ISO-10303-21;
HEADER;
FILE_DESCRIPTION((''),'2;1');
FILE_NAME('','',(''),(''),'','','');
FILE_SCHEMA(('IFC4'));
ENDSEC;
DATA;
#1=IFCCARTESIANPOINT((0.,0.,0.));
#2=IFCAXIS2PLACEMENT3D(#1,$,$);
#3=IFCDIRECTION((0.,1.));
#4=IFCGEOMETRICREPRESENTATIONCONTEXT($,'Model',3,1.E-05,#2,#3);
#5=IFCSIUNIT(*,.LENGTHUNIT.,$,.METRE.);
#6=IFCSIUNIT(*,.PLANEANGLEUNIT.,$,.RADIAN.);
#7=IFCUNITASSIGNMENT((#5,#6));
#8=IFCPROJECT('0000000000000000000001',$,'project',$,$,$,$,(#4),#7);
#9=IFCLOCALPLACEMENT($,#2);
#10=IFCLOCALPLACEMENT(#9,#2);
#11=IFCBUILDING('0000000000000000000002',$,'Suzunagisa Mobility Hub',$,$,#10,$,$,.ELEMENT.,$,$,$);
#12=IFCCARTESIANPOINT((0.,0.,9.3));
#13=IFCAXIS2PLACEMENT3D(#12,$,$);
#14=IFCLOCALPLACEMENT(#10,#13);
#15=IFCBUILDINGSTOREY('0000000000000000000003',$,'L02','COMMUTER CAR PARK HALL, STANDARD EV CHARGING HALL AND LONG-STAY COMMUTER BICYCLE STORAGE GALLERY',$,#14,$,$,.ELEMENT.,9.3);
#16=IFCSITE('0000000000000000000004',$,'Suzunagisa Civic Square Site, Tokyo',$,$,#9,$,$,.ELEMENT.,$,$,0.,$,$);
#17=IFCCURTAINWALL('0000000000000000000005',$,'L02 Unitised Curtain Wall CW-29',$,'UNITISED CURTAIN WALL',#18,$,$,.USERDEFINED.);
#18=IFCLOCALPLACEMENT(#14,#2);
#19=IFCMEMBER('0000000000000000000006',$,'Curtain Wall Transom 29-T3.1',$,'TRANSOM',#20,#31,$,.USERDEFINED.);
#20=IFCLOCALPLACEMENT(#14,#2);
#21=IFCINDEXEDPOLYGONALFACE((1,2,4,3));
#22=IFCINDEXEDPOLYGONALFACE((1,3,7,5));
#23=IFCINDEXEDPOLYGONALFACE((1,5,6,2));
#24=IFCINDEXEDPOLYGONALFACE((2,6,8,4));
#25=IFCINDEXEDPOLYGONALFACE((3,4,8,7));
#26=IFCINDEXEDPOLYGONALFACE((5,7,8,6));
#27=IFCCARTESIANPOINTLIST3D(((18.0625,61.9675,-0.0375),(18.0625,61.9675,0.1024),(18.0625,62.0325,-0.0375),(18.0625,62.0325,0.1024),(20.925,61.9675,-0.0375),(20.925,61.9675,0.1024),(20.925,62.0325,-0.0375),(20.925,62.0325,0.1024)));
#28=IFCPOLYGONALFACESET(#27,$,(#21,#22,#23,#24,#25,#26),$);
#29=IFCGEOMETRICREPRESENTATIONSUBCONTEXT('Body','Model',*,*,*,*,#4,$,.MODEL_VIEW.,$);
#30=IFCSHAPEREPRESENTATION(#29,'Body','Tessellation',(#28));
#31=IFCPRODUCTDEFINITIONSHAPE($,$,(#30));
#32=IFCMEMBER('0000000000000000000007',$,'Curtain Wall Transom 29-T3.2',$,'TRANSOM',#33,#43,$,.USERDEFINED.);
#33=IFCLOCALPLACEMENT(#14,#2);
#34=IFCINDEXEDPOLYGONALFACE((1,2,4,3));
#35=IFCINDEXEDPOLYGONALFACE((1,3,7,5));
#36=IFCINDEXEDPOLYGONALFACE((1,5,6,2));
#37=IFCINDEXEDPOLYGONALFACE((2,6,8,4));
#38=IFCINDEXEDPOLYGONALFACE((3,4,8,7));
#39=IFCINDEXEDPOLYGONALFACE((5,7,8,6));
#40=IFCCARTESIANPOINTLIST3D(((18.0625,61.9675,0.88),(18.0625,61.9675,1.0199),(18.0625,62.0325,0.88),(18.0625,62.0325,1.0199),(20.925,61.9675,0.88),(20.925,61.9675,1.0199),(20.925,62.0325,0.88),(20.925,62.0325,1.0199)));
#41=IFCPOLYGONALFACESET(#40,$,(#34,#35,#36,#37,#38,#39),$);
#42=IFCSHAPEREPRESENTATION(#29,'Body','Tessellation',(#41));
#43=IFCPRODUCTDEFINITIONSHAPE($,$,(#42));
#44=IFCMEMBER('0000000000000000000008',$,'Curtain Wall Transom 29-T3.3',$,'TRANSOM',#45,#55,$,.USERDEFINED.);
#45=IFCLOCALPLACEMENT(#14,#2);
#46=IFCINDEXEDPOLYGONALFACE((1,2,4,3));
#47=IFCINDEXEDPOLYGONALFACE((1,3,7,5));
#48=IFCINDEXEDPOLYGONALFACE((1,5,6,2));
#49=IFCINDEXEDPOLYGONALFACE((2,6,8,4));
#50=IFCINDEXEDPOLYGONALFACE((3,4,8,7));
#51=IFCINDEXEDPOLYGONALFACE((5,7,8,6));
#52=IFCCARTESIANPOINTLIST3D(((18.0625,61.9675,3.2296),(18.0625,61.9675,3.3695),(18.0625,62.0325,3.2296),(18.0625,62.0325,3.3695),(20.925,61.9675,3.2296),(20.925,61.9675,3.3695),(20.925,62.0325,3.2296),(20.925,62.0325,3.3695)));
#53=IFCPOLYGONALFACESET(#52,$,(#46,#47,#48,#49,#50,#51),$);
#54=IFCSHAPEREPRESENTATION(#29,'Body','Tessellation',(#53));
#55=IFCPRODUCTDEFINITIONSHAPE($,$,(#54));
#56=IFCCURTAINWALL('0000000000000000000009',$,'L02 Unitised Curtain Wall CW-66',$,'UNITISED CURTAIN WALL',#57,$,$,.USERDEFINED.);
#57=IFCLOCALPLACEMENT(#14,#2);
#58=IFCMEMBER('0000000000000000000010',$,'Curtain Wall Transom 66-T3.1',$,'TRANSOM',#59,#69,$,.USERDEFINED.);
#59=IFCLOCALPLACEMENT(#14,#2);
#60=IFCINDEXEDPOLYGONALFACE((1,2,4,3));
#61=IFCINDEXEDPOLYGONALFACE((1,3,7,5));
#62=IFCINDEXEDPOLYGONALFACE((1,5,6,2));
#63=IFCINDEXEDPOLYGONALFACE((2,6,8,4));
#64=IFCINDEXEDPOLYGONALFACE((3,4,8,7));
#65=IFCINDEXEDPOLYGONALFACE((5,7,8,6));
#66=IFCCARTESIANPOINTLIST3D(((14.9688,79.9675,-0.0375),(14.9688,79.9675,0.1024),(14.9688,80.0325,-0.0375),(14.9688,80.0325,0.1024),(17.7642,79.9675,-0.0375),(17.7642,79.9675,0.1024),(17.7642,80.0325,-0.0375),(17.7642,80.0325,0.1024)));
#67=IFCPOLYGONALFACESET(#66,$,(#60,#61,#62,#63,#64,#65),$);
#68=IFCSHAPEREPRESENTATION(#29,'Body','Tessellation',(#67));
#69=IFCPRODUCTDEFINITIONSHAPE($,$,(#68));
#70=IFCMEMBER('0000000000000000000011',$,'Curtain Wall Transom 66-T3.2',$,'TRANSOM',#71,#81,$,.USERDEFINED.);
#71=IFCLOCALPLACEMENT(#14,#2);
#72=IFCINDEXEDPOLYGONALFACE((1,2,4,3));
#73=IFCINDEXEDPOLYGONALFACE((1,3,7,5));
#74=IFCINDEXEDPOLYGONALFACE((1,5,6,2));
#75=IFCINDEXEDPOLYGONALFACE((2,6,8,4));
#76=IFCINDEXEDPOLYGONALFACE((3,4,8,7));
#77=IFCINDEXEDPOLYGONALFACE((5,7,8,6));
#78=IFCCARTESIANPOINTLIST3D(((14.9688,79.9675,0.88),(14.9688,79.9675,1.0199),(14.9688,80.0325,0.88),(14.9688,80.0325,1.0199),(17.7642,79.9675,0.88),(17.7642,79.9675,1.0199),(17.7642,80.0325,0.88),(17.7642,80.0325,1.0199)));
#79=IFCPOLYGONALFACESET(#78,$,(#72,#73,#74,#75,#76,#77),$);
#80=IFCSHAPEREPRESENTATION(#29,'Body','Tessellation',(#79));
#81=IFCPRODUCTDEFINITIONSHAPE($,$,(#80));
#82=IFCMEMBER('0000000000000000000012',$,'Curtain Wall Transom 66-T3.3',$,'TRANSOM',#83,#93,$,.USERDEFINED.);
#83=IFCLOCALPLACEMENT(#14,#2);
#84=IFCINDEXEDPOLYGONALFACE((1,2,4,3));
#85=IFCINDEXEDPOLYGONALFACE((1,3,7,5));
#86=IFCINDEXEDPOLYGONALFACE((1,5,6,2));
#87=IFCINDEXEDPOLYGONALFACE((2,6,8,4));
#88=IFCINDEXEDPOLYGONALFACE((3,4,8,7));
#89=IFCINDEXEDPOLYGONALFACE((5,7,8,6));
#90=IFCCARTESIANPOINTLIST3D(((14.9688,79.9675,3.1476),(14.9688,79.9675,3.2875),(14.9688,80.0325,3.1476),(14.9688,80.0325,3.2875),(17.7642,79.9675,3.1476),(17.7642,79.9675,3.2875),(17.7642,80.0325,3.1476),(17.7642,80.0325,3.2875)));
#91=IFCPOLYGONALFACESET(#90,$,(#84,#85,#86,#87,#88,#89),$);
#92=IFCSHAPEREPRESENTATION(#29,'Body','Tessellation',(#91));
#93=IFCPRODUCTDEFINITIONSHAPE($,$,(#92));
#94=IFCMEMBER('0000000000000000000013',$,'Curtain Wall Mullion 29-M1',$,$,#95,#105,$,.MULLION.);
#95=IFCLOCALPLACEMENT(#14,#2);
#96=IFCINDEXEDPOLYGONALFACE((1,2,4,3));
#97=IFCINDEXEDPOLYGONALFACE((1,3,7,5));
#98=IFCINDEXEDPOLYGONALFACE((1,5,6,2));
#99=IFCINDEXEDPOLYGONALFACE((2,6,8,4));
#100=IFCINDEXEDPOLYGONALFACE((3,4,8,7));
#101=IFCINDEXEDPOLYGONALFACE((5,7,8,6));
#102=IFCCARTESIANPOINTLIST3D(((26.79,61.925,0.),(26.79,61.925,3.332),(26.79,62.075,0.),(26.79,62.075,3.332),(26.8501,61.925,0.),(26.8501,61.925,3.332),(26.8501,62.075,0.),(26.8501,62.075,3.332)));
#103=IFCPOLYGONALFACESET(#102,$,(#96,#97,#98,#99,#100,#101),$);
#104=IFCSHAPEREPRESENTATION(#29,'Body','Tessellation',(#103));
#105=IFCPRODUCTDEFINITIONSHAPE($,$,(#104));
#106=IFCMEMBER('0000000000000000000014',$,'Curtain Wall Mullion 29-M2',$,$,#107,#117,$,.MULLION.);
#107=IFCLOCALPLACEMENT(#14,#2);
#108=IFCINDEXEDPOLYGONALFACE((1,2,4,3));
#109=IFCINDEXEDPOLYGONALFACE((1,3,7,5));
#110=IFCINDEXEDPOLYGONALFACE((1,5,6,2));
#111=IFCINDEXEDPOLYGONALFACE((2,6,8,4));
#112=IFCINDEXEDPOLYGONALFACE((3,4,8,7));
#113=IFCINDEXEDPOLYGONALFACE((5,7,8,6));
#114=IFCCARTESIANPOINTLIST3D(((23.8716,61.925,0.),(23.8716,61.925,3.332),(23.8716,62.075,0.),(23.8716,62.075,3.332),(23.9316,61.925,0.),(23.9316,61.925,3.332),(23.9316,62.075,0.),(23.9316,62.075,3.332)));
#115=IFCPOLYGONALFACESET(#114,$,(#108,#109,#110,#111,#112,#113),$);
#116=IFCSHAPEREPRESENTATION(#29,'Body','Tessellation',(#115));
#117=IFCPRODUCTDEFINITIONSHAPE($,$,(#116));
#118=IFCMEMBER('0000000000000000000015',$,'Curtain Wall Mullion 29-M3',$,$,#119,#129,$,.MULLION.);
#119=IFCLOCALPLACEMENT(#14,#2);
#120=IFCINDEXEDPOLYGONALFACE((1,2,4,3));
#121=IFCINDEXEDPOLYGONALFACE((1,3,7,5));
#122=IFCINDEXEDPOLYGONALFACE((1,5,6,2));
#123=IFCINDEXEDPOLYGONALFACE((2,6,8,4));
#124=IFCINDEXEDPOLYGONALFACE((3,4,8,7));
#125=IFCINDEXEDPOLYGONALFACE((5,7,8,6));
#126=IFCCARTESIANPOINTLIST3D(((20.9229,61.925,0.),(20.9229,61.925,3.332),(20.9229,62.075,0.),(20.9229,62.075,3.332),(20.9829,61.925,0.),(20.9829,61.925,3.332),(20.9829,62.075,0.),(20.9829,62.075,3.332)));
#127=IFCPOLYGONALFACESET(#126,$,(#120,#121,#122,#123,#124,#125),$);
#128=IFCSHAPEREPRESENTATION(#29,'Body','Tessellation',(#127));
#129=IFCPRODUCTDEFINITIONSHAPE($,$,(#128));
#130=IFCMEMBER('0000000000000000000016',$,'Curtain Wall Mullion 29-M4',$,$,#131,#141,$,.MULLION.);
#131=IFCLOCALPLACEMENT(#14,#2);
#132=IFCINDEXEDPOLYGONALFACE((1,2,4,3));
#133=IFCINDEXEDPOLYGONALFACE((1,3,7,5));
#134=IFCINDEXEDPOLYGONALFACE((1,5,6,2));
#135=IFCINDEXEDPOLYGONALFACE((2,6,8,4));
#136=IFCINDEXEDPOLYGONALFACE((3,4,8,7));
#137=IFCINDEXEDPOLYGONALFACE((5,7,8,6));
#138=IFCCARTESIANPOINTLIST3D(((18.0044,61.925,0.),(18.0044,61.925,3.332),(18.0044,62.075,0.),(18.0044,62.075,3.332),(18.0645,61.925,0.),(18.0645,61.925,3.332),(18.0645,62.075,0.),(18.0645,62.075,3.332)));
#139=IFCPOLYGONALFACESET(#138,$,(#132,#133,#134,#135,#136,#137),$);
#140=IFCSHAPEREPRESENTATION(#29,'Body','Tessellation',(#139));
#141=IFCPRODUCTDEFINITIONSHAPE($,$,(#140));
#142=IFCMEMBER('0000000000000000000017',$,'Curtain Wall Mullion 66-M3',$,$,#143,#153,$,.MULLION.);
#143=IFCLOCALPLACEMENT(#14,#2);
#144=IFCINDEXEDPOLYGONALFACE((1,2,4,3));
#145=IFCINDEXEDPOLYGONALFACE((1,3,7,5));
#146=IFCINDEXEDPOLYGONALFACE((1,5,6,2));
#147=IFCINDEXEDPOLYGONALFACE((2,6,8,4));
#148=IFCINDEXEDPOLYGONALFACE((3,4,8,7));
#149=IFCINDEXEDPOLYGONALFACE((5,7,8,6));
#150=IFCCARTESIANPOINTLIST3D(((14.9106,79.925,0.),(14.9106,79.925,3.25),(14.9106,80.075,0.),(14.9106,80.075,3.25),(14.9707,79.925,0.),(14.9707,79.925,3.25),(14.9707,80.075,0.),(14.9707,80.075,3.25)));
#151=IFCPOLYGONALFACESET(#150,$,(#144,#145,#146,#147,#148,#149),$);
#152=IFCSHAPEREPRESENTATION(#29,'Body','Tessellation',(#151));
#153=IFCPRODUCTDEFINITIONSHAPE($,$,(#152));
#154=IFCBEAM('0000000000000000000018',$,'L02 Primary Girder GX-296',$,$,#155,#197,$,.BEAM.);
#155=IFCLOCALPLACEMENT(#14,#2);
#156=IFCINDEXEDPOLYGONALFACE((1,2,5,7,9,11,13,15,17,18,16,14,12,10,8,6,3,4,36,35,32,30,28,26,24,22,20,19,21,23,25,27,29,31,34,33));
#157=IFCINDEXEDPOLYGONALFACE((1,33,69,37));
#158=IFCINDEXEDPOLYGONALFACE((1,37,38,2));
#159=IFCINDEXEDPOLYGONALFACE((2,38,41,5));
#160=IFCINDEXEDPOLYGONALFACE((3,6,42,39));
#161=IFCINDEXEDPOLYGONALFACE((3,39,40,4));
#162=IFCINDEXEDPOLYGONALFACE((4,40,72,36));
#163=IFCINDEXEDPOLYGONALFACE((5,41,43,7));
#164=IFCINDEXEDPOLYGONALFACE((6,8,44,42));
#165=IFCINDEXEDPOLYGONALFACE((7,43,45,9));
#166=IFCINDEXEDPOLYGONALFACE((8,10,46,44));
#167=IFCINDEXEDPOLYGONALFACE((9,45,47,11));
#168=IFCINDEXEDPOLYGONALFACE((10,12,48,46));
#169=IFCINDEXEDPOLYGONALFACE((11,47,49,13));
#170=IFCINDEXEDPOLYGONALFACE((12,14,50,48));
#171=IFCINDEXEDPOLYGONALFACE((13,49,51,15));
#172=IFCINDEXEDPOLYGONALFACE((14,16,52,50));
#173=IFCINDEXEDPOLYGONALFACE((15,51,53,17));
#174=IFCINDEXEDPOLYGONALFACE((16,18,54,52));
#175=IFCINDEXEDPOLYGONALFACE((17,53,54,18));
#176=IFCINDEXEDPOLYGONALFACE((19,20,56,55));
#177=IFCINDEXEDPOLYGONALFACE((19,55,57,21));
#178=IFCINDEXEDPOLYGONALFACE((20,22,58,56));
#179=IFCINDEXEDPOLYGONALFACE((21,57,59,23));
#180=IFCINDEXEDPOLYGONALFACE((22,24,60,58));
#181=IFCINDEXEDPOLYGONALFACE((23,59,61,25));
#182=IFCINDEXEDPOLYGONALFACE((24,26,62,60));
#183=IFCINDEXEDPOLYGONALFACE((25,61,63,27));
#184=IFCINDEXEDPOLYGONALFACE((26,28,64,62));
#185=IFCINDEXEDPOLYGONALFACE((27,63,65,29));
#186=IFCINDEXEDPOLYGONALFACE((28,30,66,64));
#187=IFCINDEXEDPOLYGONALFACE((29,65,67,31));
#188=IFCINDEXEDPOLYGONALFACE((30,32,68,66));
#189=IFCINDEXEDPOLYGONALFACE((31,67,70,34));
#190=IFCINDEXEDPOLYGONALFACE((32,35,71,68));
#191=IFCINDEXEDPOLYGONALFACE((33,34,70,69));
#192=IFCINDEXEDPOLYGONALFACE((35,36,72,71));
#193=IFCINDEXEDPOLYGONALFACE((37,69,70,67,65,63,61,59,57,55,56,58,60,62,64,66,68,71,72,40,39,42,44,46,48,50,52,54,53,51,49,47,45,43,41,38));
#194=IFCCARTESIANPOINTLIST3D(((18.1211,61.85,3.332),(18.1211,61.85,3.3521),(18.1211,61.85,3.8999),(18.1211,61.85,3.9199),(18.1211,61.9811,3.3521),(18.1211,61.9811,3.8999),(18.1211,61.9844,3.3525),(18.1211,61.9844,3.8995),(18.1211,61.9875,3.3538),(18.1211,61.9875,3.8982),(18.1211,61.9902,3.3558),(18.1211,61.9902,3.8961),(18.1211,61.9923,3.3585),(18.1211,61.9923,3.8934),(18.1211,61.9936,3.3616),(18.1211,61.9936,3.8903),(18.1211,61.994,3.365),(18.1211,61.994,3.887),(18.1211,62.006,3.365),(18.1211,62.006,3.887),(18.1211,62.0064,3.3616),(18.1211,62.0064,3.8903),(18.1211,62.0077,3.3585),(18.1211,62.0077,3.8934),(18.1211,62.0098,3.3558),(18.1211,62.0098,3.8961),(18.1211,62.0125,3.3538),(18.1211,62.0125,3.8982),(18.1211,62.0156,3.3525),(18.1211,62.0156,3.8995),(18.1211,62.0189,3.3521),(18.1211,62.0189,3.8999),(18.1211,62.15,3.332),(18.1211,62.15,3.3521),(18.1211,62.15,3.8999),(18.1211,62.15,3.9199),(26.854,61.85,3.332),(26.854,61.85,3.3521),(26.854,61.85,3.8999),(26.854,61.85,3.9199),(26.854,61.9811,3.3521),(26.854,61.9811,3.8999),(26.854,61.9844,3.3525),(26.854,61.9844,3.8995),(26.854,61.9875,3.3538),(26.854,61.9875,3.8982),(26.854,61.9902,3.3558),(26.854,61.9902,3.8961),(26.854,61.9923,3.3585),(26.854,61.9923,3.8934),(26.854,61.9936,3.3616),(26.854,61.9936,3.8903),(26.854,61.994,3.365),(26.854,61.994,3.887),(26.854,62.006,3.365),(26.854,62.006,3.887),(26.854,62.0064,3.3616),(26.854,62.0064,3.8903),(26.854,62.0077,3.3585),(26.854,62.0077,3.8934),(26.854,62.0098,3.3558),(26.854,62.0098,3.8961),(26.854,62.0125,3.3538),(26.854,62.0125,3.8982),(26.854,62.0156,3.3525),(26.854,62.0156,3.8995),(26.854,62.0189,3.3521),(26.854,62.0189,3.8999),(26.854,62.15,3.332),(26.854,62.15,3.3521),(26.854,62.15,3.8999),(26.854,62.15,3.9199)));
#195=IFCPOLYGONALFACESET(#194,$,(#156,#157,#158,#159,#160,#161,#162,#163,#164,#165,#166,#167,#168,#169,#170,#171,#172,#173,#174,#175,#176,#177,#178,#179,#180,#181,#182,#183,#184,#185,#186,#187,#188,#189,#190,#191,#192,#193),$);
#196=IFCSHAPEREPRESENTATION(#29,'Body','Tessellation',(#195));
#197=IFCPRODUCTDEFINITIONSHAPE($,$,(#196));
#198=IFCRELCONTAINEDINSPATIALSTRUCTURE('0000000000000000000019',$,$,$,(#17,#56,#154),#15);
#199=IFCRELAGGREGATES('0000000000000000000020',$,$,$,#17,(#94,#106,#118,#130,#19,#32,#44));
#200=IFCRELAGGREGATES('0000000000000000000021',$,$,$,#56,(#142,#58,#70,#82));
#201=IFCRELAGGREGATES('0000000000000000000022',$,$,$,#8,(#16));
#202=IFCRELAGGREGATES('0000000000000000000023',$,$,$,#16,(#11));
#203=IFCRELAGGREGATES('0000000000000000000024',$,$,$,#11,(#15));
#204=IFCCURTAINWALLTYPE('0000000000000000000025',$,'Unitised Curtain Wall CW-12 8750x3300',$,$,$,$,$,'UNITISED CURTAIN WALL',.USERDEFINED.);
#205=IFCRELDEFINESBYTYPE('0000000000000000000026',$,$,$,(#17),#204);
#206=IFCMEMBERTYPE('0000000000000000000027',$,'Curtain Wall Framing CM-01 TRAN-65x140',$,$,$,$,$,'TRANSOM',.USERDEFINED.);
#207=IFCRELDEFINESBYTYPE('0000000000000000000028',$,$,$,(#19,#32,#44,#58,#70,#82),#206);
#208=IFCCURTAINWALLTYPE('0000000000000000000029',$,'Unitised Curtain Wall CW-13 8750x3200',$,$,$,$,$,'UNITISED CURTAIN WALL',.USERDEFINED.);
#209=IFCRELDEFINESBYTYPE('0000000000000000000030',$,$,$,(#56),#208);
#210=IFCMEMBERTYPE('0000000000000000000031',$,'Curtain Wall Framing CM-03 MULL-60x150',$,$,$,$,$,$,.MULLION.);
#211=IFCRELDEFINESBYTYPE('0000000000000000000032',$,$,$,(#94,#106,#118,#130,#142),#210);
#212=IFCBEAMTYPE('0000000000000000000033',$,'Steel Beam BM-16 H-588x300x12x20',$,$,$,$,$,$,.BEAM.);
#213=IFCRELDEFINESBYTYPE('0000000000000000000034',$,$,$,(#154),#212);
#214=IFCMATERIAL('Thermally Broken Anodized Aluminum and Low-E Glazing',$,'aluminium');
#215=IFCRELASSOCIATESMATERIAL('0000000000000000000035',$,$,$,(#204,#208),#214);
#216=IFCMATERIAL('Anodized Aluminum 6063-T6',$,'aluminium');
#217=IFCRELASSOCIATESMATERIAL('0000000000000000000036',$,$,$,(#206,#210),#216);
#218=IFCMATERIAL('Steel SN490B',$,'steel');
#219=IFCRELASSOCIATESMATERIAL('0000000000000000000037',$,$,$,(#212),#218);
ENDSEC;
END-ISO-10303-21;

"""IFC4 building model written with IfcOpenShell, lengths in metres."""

from ifc_helpers import new_model, si_unit, direction, frame, origin, origin_2d, place, context, subcontext, project, spatial, rectangle, i_section, extrude, material, material_profile, profile_set, type_object, element, aggregate, save


model = new_model("IFC4")

# Units and contexts
model_context = context("Model", 3, precision=1e-05, world=origin(), true_north=direction((0.0, 1.0)))
body_context = subcontext(model_context, "Body", "Model", "MODEL_VIEW")
ifc_project = project(units=[si_unit("LENGTHUNIT", "METRE"), si_unit("PLANEANGLEUNIT", "RADIAN")], contexts=[model_context])

# Site, building, storey
site_placement = place(None, origin())
site = spatial("IfcSite", under=ifc_project, at=site_placement, Name="Suzunagisa Civic Square Site, Tokyo", CompositionType="ELEMENT", RefElevation=0.0)
building_placement = place(site_placement, origin())
building = spatial("IfcBuilding", under=site, at=building_placement, Name="Suzunagisa Mobility Hub", CompositionType="ELEMENT")
storey_placement = place(building_placement, frame((0.0, 0.0, 9.3)))
storey = spatial("IfcBuildingStorey", under=building, at=storey_placement, Name="L02", Description="COMMUTER CAR PARK HALL, STANDARD EV CHARGING HALL AND LONG-STAY COMMUTER BICYCLE STORAGE GALLERY", CompositionType="ELEMENT", Elevation=9.3)

# Shared definitions
ifc_material_1 = material(Name="Steel SN490B", Category="steel")

# Curtain walls, members
ifc_material_2 = material(Name="Thermally Broken Anodized Aluminum and Low-E Glazing", Category="aluminium")
curtain_wall_type_1 = type_object("IfcCurtainWallType", Name="Unitised Curtain Wall CW-12 8750x3300", ElementType="UNITISED CURTAIN WALL", PredefinedType="USERDEFINED", material=ifc_material_2)
curtain_wall_1_placement = place(storey_placement, origin())
curtain_wall_1 = element("IfcCurtainWall", 1, at=curtain_wall_1_placement, inside=storey, type_object=curtain_wall_type_1, Name="L02 Unitised Curtain Wall CW-29", ObjectType="UNITISED CURTAIN WALL", PredefinedType="USERDEFINED")
ifc_material_3 = material(Name="Anodized Aluminum 6063-T6", Category="aluminium")
ifc_material_profile_1 = material_profile(ifc_material_3, rectangle(XDim=0.0649, YDim=0.1399, at=origin_2d()), Name="TRAN-65x140")
ifc_profile_set_1 = profile_set([ifc_material_profile_1], Name="Anodized Aluminum 6063-T6")
member_type_1 = type_object("IfcMemberType", Name="Curtain Wall Framing CM-01 TRAN-65x140", ElementType="TRANSOM", PredefinedType="USERDEFINED", material=ifc_profile_set_1)
member_1_placement = place(storey_placement, frame((20.925, 62.0, 0.0325), z_axis=(-1.0, 0.0, 0.0), x_axis=(0.0, -1.0, 0.0)))
member_1 = element("IfcMember", 2, at=member_1_placement, type_object=member_type_1, Name="Curtain Wall Transom 29-T3.1", ObjectType="TRANSOM", PredefinedType="USERDEFINED", context=body_context, shape_type="SweptSolid", body=[
    extrude(rectangle(XDim=0.0649, YDim=0.1399, at=origin_2d()), origin(), (0.0, 0.0, 1.0), 2.8625),
])
member_2_placement = place(storey_placement, frame((20.925, 62.0, 0.95), z_axis=(-1.0, 0.0, 0.0), x_axis=(0.0, -1.0, 0.0)))
member_2 = element("IfcMember", 3, at=member_2_placement, type_object=member_type_1, Name="Curtain Wall Transom 29-T3.2", ObjectType="TRANSOM", PredefinedType="USERDEFINED", context=body_context, shape_type="SweptSolid", body=[
    extrude(rectangle(XDim=0.0649, YDim=0.1399, at=origin_2d()), origin(), (0.0, 0.0, 1.0), 2.8625),
])
member_3_placement = place(storey_placement, frame((20.925, 62.0, 3.2996), z_axis=(-1.0, 0.0, 0.0), x_axis=(0.0, -1.0, 0.0)))
member_3 = element("IfcMember", 4, at=member_3_placement, type_object=member_type_1, Name="Curtain Wall Transom 29-T3.3", ObjectType="TRANSOM", PredefinedType="USERDEFINED", context=body_context, shape_type="SweptSolid", body=[
    extrude(rectangle(XDim=0.0649, YDim=0.1399, at=origin_2d()), origin(), (0.0, 0.0, 1.0), 2.8625),
])
curtain_wall_type_2 = type_object("IfcCurtainWallType", Name="Unitised Curtain Wall CW-13 8750x3200", ElementType="UNITISED CURTAIN WALL", PredefinedType="USERDEFINED", material=ifc_material_2)
curtain_wall_2_placement = place(storey_placement, origin())
curtain_wall_2 = element("IfcCurtainWall", 5, at=curtain_wall_2_placement, inside=storey, type_object=curtain_wall_type_2, Name="L02 Unitised Curtain Wall CW-66", ObjectType="UNITISED CURTAIN WALL", PredefinedType="USERDEFINED")
member_4_placement = place(storey_placement, frame((14.9688, 80.0, 0.0325), z_axis=(1.0, 0.0, 0.0), x_axis=(0.0, 1.0, 0.0)))
member_4 = element("IfcMember", 6, at=member_4_placement, type_object=member_type_1, Name="Curtain Wall Transom 66-T3.1", ObjectType="TRANSOM", PredefinedType="USERDEFINED", context=body_context, shape_type="SweptSolid", body=[
    extrude(rectangle(XDim=0.0649, YDim=0.1399, at=origin_2d()), origin(), (0.0, 0.0, 1.0), 2.7954),
])
member_5_placement = place(storey_placement, frame((14.9688, 80.0, 0.95), z_axis=(1.0, 0.0, 0.0), x_axis=(0.0, 1.0, 0.0)))
member_5 = element("IfcMember", 7, at=member_5_placement, type_object=member_type_1, Name="Curtain Wall Transom 66-T3.2", ObjectType="TRANSOM", PredefinedType="USERDEFINED", context=body_context, shape_type="SweptSolid", body=[
    extrude(rectangle(XDim=0.0649, YDim=0.1399, at=origin_2d()), origin(), (0.0, 0.0, 1.0), 2.7954),
])
member_6_placement = place(storey_placement, frame((14.9688, 80.0, 3.2175), z_axis=(1.0, 0.0, 0.0), x_axis=(0.0, 1.0, 0.0)))
member_6 = element("IfcMember", 8, at=member_6_placement, type_object=member_type_1, Name="Curtain Wall Transom 66-T3.3", ObjectType="TRANSOM", PredefinedType="USERDEFINED", context=body_context, shape_type="SweptSolid", body=[
    extrude(rectangle(XDim=0.0649, YDim=0.1399, at=origin_2d()), origin(), (0.0, 0.0, 1.0), 2.7954),
])

# Members
ifc_material_profile_2 = material_profile(ifc_material_3, rectangle(XDim=0.0601, YDim=0.1499, at=origin_2d()), Name="MULL-60x150")
ifc_profile_set_2 = profile_set([ifc_material_profile_2], Name="Anodized Aluminum 6063-T6")
member_type_2 = type_object("IfcMemberType", Name="Curtain Wall Framing CM-03 MULL-60x150", PredefinedType="MULLION", material=ifc_profile_set_2)
member_7_placement = place(storey_placement, frame((26.8201, 62.0, 0.0), z_axis=(0.0, 0.0, 1.0), x_axis=(-1.0, 0.0, 0.0)))
member_7 = element("IfcMember", 9, at=member_7_placement, type_object=member_type_2, Name="Curtain Wall Mullion 29-M1", PredefinedType="MULLION", context=body_context, shape_type="SweptSolid", body=[
    extrude(rectangle(XDim=0.0601, YDim=0.1499, at=origin_2d()), origin(), (0.0, 0.0, 1.0), 3.332),
])
member_8_placement = place(storey_placement, frame((23.9016, 62.0, 0.0), z_axis=(0.0, 0.0, 1.0), x_axis=(-1.0, 0.0, 0.0)))
member_8 = element("IfcMember", 10, at=member_8_placement, type_object=member_type_2, Name="Curtain Wall Mullion 29-M2", PredefinedType="MULLION", context=body_context, shape_type="SweptSolid", body=[
    extrude(rectangle(XDim=0.0601, YDim=0.1499, at=origin_2d()), origin(), (0.0, 0.0, 1.0), 3.332),
])
member_9_placement = place(storey_placement, frame((20.9529, 62.0, 0.0), z_axis=(0.0, 0.0, 1.0), x_axis=(-1.0, 0.0, 0.0)))
member_9 = element("IfcMember", 11, at=member_9_placement, type_object=member_type_2, Name="Curtain Wall Mullion 29-M3", PredefinedType="MULLION", context=body_context, shape_type="SweptSolid", body=[
    extrude(rectangle(XDim=0.0601, YDim=0.1499, at=origin_2d()), origin(), (0.0, 0.0, 1.0), 3.332),
])
member_10_placement = place(storey_placement, frame((18.0344, 62.0, 0.0), z_axis=(0.0, 0.0, 1.0), x_axis=(-1.0, 0.0, 0.0)))
member_10 = element("IfcMember", 12, at=member_10_placement, type_object=member_type_2, Name="Curtain Wall Mullion 29-M4", PredefinedType="MULLION", context=body_context, shape_type="SweptSolid", body=[
    extrude(rectangle(XDim=0.0601, YDim=0.1499, at=origin_2d()), origin(), (0.0, 0.0, 1.0), 3.332),
])
member_11_placement = place(storey_placement, frame((14.9407, 80.0, 0.0), z_axis=(0.0, 0.0, 1.0), x_axis=(1.0, 0.0, 0.0)))
member_11 = element("IfcMember", 13, at=member_11_placement, type_object=member_type_2, Name="Curtain Wall Mullion 66-M3", PredefinedType="MULLION", context=body_context, shape_type="SweptSolid", body=[
    extrude(rectangle(XDim=0.0601, YDim=0.1499, at=origin_2d()), origin(), (0.0, 0.0, 1.0), 3.25),
])

# Beam
ifc_material_profile_3 = material_profile(ifc_material_1, i_section(OverallWidth=0.3, OverallDepth=0.5879, WebThickness=0.012, FlangeThickness=0.02, FilletRadius=0.0129, at=origin_2d()), Name="H-588x300x12x20")
ifc_profile_set_3 = profile_set([ifc_material_profile_3], Name="Steel SN490B")
beam_type = type_object("IfcBeamType", Name="Steel Beam BM-16 H-588x300x12x20", PredefinedType="BEAM", material=ifc_profile_set_3)
for number, where, z_axis, x_axis, name in (
    (14, (18.1211, 62.0, 3.626), (1.0, 0.0, 0.0), (0.0, 1.0, 0.0), "L02 Primary Girder GX-296"),
):
    element("IfcBeam", number, at=place(storey_placement, frame(where, z_axis=z_axis, x_axis=x_axis)), inside=storey, type_object=beam_type, Name=name, PredefinedType="BEAM", context=body_context, shape_type="SweptSolid", body=[
        extrude(i_section(OverallWidth=0.3, OverallDepth=0.5879, WebThickness=0.012, FlangeThickness=0.02, FilletRadius=0.0129, at=origin_2d()), origin(), (0.0, 0.0, 1.0), 8.7329),
    ])

aggregate(curtain_wall_1, [member_7, member_8, member_9, member_10, member_1, member_2, member_3])
aggregate(curtain_wall_2, [member_11, member_4, member_5, member_6])

save(model, "model.ifc")
